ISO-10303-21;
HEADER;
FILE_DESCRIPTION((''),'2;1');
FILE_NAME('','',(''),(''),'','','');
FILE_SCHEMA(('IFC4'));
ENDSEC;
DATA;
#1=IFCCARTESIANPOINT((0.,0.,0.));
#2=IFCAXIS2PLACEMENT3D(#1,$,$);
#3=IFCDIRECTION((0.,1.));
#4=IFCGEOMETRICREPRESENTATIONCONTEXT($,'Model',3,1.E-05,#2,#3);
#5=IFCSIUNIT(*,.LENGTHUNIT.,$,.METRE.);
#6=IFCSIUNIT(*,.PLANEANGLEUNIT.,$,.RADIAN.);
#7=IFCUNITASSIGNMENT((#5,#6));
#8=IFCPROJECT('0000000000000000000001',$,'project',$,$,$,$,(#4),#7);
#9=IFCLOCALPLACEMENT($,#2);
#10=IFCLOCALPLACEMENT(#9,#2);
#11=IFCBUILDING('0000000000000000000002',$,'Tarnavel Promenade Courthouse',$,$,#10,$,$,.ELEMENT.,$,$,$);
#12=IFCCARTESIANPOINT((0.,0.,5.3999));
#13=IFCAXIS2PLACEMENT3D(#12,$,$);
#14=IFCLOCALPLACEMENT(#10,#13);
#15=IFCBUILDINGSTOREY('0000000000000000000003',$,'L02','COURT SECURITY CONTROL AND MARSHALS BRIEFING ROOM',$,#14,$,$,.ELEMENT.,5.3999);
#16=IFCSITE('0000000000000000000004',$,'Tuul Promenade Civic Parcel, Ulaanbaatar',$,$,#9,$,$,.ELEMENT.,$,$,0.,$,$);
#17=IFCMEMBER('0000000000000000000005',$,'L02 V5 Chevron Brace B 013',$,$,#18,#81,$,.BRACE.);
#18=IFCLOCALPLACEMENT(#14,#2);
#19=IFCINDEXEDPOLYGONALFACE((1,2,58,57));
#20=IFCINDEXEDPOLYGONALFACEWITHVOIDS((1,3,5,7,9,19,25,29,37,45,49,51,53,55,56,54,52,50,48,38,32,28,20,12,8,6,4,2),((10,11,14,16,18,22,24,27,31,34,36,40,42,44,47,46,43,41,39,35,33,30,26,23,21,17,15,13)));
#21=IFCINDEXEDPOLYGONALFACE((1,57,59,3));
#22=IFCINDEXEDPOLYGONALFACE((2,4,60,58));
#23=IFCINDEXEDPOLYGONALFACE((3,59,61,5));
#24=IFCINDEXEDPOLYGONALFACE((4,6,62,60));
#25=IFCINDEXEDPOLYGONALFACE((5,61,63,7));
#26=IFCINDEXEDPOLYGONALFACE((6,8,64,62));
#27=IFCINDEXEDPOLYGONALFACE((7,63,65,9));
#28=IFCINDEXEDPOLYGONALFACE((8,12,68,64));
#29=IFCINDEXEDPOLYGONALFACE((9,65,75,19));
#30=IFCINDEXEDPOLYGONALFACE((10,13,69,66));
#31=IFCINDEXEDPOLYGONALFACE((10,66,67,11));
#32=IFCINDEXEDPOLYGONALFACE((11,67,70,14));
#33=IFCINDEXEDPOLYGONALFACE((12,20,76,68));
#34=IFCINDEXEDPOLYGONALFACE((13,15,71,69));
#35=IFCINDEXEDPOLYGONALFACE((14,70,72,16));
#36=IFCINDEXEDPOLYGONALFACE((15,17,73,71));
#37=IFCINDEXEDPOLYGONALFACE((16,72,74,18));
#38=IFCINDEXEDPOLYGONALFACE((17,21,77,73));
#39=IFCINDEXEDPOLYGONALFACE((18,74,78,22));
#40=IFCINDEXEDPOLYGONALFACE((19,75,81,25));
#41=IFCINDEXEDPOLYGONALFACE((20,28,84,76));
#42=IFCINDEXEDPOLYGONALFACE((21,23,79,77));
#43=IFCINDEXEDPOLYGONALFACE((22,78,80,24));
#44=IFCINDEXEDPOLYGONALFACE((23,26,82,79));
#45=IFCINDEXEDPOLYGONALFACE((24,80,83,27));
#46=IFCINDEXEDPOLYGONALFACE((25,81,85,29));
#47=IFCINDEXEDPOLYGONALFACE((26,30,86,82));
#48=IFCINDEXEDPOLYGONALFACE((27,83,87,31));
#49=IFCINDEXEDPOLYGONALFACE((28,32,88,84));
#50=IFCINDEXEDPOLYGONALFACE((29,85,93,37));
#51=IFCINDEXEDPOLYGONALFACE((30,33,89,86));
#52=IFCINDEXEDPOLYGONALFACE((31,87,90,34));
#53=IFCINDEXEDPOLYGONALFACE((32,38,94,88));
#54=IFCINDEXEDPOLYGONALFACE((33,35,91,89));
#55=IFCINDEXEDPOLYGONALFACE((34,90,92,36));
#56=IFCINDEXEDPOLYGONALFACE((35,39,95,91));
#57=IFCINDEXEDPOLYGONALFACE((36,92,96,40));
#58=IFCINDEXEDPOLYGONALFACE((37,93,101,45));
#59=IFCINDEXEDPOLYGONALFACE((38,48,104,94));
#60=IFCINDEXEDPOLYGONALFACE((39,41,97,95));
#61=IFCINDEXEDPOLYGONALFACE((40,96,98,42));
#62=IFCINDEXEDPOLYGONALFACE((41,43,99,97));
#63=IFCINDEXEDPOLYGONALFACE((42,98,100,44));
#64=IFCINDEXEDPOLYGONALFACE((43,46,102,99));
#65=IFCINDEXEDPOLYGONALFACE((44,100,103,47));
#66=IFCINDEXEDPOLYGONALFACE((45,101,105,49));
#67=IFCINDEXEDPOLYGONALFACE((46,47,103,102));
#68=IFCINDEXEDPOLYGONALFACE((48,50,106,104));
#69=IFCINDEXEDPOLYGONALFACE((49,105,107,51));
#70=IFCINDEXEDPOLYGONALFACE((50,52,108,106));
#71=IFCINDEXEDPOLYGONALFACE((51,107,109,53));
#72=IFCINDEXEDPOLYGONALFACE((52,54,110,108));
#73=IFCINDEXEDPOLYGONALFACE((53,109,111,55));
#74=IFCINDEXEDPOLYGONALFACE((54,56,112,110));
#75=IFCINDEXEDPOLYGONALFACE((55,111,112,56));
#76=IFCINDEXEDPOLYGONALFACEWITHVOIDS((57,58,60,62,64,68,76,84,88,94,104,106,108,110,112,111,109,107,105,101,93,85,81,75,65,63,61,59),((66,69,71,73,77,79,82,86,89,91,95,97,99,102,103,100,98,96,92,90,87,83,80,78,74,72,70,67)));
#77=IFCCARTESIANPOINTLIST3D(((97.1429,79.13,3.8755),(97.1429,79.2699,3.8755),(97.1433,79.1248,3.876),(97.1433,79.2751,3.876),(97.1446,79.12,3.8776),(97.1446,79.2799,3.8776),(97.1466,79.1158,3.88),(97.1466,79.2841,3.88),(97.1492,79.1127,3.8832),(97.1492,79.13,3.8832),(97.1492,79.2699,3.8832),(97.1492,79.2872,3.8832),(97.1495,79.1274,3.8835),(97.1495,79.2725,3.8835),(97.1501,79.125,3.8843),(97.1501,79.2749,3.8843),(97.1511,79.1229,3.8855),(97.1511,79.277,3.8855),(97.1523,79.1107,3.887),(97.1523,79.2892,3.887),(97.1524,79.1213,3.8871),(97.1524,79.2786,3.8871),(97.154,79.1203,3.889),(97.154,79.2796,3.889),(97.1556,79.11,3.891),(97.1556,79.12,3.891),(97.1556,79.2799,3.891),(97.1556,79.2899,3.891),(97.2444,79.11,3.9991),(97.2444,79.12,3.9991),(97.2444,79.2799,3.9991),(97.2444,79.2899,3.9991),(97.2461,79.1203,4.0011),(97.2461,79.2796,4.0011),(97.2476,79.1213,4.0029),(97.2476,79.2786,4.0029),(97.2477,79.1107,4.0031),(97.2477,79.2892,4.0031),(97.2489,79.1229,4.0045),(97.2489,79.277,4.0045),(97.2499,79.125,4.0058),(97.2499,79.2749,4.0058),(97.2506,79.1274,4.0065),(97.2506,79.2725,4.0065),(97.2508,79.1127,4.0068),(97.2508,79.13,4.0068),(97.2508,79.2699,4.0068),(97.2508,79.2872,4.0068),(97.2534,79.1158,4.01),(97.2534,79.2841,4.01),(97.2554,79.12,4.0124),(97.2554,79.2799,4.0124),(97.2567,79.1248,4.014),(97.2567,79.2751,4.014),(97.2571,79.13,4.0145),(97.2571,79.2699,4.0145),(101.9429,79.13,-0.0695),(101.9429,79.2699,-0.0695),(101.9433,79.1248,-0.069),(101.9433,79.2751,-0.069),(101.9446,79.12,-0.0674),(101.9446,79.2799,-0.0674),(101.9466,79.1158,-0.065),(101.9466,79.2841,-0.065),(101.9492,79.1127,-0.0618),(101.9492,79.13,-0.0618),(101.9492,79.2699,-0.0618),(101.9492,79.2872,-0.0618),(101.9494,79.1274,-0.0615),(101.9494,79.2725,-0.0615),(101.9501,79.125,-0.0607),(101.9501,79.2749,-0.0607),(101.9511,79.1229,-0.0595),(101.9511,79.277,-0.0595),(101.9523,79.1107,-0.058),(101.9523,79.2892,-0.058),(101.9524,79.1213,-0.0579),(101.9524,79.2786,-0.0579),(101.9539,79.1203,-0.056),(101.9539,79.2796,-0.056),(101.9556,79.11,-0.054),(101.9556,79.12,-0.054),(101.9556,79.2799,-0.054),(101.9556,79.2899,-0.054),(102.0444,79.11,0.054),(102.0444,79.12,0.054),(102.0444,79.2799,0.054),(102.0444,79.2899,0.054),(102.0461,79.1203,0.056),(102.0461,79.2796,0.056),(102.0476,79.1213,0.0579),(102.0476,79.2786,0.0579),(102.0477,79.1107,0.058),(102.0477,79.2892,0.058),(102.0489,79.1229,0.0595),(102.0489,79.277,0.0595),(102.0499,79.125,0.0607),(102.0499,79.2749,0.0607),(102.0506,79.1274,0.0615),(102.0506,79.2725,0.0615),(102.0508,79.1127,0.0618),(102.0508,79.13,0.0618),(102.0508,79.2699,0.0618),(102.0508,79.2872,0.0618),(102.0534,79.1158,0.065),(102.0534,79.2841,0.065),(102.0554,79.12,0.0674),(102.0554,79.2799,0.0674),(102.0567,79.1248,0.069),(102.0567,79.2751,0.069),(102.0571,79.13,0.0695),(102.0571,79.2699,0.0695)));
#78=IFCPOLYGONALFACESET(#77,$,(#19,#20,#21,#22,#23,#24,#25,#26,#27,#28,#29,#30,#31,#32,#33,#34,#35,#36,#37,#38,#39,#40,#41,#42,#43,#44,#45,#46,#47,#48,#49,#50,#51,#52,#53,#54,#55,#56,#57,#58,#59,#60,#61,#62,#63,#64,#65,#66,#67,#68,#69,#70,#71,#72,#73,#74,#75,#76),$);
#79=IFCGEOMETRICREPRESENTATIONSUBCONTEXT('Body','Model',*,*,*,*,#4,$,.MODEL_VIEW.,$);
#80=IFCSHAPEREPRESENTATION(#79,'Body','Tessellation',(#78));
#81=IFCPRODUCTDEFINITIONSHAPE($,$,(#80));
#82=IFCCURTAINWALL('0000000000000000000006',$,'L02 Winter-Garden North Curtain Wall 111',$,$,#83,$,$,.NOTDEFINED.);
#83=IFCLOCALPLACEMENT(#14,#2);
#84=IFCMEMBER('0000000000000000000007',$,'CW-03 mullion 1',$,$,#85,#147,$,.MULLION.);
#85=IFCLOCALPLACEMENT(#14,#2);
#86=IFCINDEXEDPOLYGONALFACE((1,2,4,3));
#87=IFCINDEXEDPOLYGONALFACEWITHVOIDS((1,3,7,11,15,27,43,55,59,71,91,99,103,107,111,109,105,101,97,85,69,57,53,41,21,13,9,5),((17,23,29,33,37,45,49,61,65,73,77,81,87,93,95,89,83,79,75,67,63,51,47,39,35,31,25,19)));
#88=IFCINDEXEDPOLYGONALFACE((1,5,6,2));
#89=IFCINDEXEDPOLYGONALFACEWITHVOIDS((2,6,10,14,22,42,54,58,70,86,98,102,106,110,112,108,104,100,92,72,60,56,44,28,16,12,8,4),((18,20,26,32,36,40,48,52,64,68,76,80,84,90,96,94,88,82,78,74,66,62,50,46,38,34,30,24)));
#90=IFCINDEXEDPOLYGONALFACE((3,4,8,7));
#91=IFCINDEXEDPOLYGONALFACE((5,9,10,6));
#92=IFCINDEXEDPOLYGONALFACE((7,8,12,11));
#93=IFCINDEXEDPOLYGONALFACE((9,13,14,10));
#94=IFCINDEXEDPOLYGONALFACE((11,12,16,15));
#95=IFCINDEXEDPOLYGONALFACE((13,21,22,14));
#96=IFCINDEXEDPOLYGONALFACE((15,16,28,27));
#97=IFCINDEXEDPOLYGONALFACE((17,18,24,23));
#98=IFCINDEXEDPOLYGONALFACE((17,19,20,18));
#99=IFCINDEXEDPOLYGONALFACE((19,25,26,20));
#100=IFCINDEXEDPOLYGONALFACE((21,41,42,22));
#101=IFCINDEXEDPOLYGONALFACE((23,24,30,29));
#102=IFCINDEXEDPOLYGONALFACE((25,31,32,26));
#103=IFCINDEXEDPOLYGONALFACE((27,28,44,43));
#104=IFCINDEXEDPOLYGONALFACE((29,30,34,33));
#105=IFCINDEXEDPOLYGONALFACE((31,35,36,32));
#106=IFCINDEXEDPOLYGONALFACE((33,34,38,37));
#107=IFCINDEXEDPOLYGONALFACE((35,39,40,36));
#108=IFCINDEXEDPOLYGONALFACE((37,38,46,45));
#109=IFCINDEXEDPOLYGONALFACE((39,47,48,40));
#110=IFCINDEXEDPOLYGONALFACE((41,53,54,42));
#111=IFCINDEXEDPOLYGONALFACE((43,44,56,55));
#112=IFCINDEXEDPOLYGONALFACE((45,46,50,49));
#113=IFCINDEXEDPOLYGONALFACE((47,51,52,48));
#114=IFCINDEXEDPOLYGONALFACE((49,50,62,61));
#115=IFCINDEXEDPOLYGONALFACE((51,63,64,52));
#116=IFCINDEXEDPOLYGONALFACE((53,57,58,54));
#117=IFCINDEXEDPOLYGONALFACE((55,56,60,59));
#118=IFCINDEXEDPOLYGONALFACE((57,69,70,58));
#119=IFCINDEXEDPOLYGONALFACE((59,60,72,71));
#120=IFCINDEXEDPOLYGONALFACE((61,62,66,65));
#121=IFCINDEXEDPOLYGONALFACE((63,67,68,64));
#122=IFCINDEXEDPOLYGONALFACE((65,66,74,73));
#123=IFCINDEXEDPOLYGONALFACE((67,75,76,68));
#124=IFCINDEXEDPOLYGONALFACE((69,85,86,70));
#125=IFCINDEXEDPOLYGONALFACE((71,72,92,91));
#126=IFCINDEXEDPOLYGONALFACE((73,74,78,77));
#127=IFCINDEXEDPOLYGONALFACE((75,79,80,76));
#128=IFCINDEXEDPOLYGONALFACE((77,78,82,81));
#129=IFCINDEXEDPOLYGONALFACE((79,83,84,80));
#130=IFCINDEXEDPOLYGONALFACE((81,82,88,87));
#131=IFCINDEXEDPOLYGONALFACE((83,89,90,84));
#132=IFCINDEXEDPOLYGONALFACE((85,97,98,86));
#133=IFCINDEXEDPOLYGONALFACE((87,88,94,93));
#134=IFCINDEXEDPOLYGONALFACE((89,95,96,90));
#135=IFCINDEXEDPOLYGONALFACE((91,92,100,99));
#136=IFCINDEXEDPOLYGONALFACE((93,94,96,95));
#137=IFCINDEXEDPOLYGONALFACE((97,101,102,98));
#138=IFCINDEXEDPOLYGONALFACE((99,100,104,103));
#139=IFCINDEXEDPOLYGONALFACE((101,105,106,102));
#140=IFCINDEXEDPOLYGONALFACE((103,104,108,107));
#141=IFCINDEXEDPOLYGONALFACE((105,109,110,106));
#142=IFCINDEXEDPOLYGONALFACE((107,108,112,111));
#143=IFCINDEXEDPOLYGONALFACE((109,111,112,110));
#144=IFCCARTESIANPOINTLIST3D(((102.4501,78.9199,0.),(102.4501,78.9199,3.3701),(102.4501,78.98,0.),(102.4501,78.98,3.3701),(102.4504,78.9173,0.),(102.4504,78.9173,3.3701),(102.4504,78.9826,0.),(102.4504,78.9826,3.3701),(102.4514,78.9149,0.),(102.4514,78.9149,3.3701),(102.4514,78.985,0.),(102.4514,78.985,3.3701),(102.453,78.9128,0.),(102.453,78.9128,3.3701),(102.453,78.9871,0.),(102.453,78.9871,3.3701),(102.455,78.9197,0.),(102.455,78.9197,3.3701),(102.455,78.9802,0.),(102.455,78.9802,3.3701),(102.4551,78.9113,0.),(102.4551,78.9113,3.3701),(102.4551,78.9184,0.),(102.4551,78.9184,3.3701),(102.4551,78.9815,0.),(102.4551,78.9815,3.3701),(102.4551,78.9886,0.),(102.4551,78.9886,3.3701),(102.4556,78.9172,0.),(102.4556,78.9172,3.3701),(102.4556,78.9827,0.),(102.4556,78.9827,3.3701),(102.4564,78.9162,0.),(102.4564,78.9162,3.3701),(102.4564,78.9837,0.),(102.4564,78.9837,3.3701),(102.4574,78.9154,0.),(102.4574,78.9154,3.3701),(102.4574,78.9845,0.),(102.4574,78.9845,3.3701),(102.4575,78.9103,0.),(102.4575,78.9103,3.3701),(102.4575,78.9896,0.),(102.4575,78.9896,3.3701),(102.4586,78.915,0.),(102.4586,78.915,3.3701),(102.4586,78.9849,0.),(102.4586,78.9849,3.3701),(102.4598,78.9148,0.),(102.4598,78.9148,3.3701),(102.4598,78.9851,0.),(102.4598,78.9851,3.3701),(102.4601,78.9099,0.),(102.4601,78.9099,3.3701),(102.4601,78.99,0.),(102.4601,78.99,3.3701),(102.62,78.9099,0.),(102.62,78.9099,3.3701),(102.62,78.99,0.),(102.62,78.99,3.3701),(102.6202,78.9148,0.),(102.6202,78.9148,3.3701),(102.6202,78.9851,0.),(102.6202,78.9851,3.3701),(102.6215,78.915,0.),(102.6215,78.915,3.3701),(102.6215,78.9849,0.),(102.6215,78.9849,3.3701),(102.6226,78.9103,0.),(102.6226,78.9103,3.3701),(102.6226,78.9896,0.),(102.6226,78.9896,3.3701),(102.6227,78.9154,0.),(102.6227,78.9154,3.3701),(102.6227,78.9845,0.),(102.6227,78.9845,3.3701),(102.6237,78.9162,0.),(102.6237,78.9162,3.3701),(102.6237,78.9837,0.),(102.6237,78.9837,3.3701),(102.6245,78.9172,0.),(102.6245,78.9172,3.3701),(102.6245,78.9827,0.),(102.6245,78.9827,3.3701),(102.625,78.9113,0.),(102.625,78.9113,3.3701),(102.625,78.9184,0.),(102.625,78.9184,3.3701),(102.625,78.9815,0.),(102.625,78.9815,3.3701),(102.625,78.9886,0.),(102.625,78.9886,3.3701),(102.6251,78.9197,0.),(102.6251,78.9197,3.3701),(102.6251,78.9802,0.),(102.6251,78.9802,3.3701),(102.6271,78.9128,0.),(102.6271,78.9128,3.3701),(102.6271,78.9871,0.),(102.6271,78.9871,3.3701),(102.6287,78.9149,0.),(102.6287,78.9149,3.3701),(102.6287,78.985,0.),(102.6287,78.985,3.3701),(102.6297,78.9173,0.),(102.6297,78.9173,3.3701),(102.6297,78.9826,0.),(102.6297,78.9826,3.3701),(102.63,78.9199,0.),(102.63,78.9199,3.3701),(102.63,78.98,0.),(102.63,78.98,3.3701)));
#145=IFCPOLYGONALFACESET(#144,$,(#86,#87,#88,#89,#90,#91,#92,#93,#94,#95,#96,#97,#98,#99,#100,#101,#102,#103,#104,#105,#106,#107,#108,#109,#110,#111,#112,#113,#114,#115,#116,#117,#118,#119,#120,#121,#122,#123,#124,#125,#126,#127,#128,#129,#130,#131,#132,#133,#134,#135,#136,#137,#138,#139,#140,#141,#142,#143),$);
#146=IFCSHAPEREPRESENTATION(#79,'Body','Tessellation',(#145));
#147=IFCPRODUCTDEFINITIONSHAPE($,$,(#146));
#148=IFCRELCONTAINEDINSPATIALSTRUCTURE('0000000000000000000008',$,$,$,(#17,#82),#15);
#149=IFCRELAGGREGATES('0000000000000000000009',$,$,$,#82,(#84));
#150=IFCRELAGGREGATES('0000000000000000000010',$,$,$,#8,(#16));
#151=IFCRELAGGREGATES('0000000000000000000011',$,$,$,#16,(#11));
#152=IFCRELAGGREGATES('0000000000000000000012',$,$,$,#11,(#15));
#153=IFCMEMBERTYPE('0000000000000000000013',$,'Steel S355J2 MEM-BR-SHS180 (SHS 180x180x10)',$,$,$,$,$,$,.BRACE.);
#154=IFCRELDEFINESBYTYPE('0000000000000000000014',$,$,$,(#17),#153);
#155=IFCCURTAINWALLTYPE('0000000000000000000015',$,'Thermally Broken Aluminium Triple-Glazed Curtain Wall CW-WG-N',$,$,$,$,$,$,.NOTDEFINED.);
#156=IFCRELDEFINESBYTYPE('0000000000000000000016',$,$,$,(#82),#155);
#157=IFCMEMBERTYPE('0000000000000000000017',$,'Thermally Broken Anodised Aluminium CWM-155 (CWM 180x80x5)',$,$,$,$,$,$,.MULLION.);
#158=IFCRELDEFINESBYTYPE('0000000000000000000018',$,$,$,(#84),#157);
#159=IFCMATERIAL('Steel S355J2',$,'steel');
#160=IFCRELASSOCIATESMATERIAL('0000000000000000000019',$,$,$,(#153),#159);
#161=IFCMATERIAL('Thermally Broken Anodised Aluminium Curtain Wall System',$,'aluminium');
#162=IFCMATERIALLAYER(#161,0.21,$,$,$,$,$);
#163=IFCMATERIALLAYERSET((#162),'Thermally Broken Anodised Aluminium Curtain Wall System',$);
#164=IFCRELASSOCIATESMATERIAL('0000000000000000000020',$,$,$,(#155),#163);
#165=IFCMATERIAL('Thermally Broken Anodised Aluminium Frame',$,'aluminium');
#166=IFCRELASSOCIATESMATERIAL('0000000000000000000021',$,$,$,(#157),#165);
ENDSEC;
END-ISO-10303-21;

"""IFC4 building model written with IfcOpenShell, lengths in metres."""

from ifc_helpers import new_model, si_unit, direction, frame, origin, origin_2d, place, context, subcontext, project, spatial, hollow_rectangle, extrude, material, layer, layer_set, material_profile, profile_set, type_object, element, aggregate, save


model = new_model("IFC4")

# Units and contexts
model_context = context("Model", 3, precision=1e-05, world=origin(), true_north=direction((0.0, 1.0)))
body_context = subcontext(model_context, "Body", "Model", "MODEL_VIEW")
ifc_project = project(units=[si_unit("LENGTHUNIT", "METRE"), si_unit("PLANEANGLEUNIT", "RADIAN")], contexts=[model_context])

# Site, building, storey
site_placement = place(None, origin())
site = spatial("IfcSite", under=ifc_project, at=site_placement, Name="Tuul Promenade Civic Parcel, Ulaanbaatar", CompositionType="ELEMENT", RefElevation=0.0)
building_placement = place(site_placement, origin())
building = spatial("IfcBuilding", under=site, at=building_placement, Name="Tarnavel Promenade Courthouse", CompositionType="ELEMENT")
storey_placement = place(building_placement, frame((0.0, 0.0, 5.3999)))
storey = spatial("IfcBuildingStorey", under=building, at=storey_placement, Name="L02", Description="COURT SECURITY CONTROL AND MARSHALS BRIEFING ROOM", CompositionType="ELEMENT", Elevation=5.3999)

# Shared definitions
ifc_material_1 = material(Name="Steel S355J2", Category="steel")

# Member
ifc_material_profile_1 = material_profile(ifc_material_1, hollow_rectangle(XDim=0.1799, YDim=0.1799, WallThickness=0.01, InnerFilletRadius=0.01, OuterFilletRadius=0.02, at=origin_2d()), Name="SHS 180x180x10")
ifc_profile_set_1 = profile_set([ifc_material_profile_1], Name="Steel S355J2")
member_type_1 = type_object("IfcMemberType", Name="Steel S355J2 MEM-BR-SHS180 (SHS 180x180x10)", PredefinedType="BRACE", material=ifc_profile_set_1)
member_1_placement = place(storey_placement, frame((102.0, 79.2, 0.0), z_axis=(-0.772555, 0.0, 0.634948), x_axis=(0.0, -1.0, 0.0)))
element("IfcMember", 1, at=member_1_placement, inside=storey, type_object=member_type_1, Name="L02 V5 Chevron Brace B 013", PredefinedType="BRACE", context=body_context, shape_type="SweptSolid", body=[
    extrude(hollow_rectangle(XDim=0.1799, YDim=0.1799, WallThickness=0.01, InnerFilletRadius=0.01, OuterFilletRadius=0.02, at=origin_2d()), origin(), (0.0, 0.0, 1.0), 6.2131),
])

# Curtain wall, member
ifc_material_2 = material(Name="Thermally Broken Anodised Aluminium Curtain Wall System", Category="aluminium")
ifc_layer_1 = layer(ifc_material_2, 0.21)
ifc_layer_set_1 = layer_set([ifc_layer_1], Name="Thermally Broken Anodised Aluminium Curtain Wall System")
curtain_wall_type = type_object("IfcCurtainWallType", Name="Thermally Broken Aluminium Triple-Glazed Curtain Wall CW-WG-N", PredefinedType="NOTDEFINED", material=ifc_layer_set_1)
curtain_wall_1_placement = place(storey_placement, origin())
curtain_wall_1 = element("IfcCurtainWall", 2, at=curtain_wall_1_placement, inside=storey, type_object=curtain_wall_type, Name="L02 Winter-Garden North Curtain Wall 111", PredefinedType="NOTDEFINED")
ifc_material_3 = material(Name="Thermally Broken Anodised Aluminium Frame", Category="aluminium")
ifc_material_profile_2 = material_profile(ifc_material_3, hollow_rectangle(XDim=0.0801, YDim=0.1799, WallThickness=0.0049, InnerFilletRadius=0.0049, OuterFilletRadius=0.01, at=origin_2d()), Name="CWM 180x80x5")
ifc_profile_set_2 = profile_set([ifc_material_profile_2], Name="Thermally Broken Anodised Aluminium Frame")
member_type_2 = type_object("IfcMemberType", Name="Thermally Broken Anodised Aluminium CWM-155 (CWM 180x80x5)", PredefinedType="MULLION", material=ifc_profile_set_2)
member_2_placement = place(storey_placement, frame((102.54, 78.95, 0.0), z_axis=(0.0, 0.0, 1.0), x_axis=(0.0, 1.0, 0.0)))
member_2 = element("IfcMember", 3, at=member_2_placement, type_object=member_type_2, Name="CW-03 mullion 1", PredefinedType="MULLION", context=body_context, shape_type="SweptSolid", body=[
    extrude(hollow_rectangle(XDim=0.0801, YDim=0.1799, WallThickness=0.0049, InnerFilletRadius=0.0049, OuterFilletRadius=0.01, at=origin_2d()), origin(), (0.0, 0.0, 1.0), 3.3701),
])

aggregate(curtain_wall_1, [member_2])

save(model, "model.ifc")
